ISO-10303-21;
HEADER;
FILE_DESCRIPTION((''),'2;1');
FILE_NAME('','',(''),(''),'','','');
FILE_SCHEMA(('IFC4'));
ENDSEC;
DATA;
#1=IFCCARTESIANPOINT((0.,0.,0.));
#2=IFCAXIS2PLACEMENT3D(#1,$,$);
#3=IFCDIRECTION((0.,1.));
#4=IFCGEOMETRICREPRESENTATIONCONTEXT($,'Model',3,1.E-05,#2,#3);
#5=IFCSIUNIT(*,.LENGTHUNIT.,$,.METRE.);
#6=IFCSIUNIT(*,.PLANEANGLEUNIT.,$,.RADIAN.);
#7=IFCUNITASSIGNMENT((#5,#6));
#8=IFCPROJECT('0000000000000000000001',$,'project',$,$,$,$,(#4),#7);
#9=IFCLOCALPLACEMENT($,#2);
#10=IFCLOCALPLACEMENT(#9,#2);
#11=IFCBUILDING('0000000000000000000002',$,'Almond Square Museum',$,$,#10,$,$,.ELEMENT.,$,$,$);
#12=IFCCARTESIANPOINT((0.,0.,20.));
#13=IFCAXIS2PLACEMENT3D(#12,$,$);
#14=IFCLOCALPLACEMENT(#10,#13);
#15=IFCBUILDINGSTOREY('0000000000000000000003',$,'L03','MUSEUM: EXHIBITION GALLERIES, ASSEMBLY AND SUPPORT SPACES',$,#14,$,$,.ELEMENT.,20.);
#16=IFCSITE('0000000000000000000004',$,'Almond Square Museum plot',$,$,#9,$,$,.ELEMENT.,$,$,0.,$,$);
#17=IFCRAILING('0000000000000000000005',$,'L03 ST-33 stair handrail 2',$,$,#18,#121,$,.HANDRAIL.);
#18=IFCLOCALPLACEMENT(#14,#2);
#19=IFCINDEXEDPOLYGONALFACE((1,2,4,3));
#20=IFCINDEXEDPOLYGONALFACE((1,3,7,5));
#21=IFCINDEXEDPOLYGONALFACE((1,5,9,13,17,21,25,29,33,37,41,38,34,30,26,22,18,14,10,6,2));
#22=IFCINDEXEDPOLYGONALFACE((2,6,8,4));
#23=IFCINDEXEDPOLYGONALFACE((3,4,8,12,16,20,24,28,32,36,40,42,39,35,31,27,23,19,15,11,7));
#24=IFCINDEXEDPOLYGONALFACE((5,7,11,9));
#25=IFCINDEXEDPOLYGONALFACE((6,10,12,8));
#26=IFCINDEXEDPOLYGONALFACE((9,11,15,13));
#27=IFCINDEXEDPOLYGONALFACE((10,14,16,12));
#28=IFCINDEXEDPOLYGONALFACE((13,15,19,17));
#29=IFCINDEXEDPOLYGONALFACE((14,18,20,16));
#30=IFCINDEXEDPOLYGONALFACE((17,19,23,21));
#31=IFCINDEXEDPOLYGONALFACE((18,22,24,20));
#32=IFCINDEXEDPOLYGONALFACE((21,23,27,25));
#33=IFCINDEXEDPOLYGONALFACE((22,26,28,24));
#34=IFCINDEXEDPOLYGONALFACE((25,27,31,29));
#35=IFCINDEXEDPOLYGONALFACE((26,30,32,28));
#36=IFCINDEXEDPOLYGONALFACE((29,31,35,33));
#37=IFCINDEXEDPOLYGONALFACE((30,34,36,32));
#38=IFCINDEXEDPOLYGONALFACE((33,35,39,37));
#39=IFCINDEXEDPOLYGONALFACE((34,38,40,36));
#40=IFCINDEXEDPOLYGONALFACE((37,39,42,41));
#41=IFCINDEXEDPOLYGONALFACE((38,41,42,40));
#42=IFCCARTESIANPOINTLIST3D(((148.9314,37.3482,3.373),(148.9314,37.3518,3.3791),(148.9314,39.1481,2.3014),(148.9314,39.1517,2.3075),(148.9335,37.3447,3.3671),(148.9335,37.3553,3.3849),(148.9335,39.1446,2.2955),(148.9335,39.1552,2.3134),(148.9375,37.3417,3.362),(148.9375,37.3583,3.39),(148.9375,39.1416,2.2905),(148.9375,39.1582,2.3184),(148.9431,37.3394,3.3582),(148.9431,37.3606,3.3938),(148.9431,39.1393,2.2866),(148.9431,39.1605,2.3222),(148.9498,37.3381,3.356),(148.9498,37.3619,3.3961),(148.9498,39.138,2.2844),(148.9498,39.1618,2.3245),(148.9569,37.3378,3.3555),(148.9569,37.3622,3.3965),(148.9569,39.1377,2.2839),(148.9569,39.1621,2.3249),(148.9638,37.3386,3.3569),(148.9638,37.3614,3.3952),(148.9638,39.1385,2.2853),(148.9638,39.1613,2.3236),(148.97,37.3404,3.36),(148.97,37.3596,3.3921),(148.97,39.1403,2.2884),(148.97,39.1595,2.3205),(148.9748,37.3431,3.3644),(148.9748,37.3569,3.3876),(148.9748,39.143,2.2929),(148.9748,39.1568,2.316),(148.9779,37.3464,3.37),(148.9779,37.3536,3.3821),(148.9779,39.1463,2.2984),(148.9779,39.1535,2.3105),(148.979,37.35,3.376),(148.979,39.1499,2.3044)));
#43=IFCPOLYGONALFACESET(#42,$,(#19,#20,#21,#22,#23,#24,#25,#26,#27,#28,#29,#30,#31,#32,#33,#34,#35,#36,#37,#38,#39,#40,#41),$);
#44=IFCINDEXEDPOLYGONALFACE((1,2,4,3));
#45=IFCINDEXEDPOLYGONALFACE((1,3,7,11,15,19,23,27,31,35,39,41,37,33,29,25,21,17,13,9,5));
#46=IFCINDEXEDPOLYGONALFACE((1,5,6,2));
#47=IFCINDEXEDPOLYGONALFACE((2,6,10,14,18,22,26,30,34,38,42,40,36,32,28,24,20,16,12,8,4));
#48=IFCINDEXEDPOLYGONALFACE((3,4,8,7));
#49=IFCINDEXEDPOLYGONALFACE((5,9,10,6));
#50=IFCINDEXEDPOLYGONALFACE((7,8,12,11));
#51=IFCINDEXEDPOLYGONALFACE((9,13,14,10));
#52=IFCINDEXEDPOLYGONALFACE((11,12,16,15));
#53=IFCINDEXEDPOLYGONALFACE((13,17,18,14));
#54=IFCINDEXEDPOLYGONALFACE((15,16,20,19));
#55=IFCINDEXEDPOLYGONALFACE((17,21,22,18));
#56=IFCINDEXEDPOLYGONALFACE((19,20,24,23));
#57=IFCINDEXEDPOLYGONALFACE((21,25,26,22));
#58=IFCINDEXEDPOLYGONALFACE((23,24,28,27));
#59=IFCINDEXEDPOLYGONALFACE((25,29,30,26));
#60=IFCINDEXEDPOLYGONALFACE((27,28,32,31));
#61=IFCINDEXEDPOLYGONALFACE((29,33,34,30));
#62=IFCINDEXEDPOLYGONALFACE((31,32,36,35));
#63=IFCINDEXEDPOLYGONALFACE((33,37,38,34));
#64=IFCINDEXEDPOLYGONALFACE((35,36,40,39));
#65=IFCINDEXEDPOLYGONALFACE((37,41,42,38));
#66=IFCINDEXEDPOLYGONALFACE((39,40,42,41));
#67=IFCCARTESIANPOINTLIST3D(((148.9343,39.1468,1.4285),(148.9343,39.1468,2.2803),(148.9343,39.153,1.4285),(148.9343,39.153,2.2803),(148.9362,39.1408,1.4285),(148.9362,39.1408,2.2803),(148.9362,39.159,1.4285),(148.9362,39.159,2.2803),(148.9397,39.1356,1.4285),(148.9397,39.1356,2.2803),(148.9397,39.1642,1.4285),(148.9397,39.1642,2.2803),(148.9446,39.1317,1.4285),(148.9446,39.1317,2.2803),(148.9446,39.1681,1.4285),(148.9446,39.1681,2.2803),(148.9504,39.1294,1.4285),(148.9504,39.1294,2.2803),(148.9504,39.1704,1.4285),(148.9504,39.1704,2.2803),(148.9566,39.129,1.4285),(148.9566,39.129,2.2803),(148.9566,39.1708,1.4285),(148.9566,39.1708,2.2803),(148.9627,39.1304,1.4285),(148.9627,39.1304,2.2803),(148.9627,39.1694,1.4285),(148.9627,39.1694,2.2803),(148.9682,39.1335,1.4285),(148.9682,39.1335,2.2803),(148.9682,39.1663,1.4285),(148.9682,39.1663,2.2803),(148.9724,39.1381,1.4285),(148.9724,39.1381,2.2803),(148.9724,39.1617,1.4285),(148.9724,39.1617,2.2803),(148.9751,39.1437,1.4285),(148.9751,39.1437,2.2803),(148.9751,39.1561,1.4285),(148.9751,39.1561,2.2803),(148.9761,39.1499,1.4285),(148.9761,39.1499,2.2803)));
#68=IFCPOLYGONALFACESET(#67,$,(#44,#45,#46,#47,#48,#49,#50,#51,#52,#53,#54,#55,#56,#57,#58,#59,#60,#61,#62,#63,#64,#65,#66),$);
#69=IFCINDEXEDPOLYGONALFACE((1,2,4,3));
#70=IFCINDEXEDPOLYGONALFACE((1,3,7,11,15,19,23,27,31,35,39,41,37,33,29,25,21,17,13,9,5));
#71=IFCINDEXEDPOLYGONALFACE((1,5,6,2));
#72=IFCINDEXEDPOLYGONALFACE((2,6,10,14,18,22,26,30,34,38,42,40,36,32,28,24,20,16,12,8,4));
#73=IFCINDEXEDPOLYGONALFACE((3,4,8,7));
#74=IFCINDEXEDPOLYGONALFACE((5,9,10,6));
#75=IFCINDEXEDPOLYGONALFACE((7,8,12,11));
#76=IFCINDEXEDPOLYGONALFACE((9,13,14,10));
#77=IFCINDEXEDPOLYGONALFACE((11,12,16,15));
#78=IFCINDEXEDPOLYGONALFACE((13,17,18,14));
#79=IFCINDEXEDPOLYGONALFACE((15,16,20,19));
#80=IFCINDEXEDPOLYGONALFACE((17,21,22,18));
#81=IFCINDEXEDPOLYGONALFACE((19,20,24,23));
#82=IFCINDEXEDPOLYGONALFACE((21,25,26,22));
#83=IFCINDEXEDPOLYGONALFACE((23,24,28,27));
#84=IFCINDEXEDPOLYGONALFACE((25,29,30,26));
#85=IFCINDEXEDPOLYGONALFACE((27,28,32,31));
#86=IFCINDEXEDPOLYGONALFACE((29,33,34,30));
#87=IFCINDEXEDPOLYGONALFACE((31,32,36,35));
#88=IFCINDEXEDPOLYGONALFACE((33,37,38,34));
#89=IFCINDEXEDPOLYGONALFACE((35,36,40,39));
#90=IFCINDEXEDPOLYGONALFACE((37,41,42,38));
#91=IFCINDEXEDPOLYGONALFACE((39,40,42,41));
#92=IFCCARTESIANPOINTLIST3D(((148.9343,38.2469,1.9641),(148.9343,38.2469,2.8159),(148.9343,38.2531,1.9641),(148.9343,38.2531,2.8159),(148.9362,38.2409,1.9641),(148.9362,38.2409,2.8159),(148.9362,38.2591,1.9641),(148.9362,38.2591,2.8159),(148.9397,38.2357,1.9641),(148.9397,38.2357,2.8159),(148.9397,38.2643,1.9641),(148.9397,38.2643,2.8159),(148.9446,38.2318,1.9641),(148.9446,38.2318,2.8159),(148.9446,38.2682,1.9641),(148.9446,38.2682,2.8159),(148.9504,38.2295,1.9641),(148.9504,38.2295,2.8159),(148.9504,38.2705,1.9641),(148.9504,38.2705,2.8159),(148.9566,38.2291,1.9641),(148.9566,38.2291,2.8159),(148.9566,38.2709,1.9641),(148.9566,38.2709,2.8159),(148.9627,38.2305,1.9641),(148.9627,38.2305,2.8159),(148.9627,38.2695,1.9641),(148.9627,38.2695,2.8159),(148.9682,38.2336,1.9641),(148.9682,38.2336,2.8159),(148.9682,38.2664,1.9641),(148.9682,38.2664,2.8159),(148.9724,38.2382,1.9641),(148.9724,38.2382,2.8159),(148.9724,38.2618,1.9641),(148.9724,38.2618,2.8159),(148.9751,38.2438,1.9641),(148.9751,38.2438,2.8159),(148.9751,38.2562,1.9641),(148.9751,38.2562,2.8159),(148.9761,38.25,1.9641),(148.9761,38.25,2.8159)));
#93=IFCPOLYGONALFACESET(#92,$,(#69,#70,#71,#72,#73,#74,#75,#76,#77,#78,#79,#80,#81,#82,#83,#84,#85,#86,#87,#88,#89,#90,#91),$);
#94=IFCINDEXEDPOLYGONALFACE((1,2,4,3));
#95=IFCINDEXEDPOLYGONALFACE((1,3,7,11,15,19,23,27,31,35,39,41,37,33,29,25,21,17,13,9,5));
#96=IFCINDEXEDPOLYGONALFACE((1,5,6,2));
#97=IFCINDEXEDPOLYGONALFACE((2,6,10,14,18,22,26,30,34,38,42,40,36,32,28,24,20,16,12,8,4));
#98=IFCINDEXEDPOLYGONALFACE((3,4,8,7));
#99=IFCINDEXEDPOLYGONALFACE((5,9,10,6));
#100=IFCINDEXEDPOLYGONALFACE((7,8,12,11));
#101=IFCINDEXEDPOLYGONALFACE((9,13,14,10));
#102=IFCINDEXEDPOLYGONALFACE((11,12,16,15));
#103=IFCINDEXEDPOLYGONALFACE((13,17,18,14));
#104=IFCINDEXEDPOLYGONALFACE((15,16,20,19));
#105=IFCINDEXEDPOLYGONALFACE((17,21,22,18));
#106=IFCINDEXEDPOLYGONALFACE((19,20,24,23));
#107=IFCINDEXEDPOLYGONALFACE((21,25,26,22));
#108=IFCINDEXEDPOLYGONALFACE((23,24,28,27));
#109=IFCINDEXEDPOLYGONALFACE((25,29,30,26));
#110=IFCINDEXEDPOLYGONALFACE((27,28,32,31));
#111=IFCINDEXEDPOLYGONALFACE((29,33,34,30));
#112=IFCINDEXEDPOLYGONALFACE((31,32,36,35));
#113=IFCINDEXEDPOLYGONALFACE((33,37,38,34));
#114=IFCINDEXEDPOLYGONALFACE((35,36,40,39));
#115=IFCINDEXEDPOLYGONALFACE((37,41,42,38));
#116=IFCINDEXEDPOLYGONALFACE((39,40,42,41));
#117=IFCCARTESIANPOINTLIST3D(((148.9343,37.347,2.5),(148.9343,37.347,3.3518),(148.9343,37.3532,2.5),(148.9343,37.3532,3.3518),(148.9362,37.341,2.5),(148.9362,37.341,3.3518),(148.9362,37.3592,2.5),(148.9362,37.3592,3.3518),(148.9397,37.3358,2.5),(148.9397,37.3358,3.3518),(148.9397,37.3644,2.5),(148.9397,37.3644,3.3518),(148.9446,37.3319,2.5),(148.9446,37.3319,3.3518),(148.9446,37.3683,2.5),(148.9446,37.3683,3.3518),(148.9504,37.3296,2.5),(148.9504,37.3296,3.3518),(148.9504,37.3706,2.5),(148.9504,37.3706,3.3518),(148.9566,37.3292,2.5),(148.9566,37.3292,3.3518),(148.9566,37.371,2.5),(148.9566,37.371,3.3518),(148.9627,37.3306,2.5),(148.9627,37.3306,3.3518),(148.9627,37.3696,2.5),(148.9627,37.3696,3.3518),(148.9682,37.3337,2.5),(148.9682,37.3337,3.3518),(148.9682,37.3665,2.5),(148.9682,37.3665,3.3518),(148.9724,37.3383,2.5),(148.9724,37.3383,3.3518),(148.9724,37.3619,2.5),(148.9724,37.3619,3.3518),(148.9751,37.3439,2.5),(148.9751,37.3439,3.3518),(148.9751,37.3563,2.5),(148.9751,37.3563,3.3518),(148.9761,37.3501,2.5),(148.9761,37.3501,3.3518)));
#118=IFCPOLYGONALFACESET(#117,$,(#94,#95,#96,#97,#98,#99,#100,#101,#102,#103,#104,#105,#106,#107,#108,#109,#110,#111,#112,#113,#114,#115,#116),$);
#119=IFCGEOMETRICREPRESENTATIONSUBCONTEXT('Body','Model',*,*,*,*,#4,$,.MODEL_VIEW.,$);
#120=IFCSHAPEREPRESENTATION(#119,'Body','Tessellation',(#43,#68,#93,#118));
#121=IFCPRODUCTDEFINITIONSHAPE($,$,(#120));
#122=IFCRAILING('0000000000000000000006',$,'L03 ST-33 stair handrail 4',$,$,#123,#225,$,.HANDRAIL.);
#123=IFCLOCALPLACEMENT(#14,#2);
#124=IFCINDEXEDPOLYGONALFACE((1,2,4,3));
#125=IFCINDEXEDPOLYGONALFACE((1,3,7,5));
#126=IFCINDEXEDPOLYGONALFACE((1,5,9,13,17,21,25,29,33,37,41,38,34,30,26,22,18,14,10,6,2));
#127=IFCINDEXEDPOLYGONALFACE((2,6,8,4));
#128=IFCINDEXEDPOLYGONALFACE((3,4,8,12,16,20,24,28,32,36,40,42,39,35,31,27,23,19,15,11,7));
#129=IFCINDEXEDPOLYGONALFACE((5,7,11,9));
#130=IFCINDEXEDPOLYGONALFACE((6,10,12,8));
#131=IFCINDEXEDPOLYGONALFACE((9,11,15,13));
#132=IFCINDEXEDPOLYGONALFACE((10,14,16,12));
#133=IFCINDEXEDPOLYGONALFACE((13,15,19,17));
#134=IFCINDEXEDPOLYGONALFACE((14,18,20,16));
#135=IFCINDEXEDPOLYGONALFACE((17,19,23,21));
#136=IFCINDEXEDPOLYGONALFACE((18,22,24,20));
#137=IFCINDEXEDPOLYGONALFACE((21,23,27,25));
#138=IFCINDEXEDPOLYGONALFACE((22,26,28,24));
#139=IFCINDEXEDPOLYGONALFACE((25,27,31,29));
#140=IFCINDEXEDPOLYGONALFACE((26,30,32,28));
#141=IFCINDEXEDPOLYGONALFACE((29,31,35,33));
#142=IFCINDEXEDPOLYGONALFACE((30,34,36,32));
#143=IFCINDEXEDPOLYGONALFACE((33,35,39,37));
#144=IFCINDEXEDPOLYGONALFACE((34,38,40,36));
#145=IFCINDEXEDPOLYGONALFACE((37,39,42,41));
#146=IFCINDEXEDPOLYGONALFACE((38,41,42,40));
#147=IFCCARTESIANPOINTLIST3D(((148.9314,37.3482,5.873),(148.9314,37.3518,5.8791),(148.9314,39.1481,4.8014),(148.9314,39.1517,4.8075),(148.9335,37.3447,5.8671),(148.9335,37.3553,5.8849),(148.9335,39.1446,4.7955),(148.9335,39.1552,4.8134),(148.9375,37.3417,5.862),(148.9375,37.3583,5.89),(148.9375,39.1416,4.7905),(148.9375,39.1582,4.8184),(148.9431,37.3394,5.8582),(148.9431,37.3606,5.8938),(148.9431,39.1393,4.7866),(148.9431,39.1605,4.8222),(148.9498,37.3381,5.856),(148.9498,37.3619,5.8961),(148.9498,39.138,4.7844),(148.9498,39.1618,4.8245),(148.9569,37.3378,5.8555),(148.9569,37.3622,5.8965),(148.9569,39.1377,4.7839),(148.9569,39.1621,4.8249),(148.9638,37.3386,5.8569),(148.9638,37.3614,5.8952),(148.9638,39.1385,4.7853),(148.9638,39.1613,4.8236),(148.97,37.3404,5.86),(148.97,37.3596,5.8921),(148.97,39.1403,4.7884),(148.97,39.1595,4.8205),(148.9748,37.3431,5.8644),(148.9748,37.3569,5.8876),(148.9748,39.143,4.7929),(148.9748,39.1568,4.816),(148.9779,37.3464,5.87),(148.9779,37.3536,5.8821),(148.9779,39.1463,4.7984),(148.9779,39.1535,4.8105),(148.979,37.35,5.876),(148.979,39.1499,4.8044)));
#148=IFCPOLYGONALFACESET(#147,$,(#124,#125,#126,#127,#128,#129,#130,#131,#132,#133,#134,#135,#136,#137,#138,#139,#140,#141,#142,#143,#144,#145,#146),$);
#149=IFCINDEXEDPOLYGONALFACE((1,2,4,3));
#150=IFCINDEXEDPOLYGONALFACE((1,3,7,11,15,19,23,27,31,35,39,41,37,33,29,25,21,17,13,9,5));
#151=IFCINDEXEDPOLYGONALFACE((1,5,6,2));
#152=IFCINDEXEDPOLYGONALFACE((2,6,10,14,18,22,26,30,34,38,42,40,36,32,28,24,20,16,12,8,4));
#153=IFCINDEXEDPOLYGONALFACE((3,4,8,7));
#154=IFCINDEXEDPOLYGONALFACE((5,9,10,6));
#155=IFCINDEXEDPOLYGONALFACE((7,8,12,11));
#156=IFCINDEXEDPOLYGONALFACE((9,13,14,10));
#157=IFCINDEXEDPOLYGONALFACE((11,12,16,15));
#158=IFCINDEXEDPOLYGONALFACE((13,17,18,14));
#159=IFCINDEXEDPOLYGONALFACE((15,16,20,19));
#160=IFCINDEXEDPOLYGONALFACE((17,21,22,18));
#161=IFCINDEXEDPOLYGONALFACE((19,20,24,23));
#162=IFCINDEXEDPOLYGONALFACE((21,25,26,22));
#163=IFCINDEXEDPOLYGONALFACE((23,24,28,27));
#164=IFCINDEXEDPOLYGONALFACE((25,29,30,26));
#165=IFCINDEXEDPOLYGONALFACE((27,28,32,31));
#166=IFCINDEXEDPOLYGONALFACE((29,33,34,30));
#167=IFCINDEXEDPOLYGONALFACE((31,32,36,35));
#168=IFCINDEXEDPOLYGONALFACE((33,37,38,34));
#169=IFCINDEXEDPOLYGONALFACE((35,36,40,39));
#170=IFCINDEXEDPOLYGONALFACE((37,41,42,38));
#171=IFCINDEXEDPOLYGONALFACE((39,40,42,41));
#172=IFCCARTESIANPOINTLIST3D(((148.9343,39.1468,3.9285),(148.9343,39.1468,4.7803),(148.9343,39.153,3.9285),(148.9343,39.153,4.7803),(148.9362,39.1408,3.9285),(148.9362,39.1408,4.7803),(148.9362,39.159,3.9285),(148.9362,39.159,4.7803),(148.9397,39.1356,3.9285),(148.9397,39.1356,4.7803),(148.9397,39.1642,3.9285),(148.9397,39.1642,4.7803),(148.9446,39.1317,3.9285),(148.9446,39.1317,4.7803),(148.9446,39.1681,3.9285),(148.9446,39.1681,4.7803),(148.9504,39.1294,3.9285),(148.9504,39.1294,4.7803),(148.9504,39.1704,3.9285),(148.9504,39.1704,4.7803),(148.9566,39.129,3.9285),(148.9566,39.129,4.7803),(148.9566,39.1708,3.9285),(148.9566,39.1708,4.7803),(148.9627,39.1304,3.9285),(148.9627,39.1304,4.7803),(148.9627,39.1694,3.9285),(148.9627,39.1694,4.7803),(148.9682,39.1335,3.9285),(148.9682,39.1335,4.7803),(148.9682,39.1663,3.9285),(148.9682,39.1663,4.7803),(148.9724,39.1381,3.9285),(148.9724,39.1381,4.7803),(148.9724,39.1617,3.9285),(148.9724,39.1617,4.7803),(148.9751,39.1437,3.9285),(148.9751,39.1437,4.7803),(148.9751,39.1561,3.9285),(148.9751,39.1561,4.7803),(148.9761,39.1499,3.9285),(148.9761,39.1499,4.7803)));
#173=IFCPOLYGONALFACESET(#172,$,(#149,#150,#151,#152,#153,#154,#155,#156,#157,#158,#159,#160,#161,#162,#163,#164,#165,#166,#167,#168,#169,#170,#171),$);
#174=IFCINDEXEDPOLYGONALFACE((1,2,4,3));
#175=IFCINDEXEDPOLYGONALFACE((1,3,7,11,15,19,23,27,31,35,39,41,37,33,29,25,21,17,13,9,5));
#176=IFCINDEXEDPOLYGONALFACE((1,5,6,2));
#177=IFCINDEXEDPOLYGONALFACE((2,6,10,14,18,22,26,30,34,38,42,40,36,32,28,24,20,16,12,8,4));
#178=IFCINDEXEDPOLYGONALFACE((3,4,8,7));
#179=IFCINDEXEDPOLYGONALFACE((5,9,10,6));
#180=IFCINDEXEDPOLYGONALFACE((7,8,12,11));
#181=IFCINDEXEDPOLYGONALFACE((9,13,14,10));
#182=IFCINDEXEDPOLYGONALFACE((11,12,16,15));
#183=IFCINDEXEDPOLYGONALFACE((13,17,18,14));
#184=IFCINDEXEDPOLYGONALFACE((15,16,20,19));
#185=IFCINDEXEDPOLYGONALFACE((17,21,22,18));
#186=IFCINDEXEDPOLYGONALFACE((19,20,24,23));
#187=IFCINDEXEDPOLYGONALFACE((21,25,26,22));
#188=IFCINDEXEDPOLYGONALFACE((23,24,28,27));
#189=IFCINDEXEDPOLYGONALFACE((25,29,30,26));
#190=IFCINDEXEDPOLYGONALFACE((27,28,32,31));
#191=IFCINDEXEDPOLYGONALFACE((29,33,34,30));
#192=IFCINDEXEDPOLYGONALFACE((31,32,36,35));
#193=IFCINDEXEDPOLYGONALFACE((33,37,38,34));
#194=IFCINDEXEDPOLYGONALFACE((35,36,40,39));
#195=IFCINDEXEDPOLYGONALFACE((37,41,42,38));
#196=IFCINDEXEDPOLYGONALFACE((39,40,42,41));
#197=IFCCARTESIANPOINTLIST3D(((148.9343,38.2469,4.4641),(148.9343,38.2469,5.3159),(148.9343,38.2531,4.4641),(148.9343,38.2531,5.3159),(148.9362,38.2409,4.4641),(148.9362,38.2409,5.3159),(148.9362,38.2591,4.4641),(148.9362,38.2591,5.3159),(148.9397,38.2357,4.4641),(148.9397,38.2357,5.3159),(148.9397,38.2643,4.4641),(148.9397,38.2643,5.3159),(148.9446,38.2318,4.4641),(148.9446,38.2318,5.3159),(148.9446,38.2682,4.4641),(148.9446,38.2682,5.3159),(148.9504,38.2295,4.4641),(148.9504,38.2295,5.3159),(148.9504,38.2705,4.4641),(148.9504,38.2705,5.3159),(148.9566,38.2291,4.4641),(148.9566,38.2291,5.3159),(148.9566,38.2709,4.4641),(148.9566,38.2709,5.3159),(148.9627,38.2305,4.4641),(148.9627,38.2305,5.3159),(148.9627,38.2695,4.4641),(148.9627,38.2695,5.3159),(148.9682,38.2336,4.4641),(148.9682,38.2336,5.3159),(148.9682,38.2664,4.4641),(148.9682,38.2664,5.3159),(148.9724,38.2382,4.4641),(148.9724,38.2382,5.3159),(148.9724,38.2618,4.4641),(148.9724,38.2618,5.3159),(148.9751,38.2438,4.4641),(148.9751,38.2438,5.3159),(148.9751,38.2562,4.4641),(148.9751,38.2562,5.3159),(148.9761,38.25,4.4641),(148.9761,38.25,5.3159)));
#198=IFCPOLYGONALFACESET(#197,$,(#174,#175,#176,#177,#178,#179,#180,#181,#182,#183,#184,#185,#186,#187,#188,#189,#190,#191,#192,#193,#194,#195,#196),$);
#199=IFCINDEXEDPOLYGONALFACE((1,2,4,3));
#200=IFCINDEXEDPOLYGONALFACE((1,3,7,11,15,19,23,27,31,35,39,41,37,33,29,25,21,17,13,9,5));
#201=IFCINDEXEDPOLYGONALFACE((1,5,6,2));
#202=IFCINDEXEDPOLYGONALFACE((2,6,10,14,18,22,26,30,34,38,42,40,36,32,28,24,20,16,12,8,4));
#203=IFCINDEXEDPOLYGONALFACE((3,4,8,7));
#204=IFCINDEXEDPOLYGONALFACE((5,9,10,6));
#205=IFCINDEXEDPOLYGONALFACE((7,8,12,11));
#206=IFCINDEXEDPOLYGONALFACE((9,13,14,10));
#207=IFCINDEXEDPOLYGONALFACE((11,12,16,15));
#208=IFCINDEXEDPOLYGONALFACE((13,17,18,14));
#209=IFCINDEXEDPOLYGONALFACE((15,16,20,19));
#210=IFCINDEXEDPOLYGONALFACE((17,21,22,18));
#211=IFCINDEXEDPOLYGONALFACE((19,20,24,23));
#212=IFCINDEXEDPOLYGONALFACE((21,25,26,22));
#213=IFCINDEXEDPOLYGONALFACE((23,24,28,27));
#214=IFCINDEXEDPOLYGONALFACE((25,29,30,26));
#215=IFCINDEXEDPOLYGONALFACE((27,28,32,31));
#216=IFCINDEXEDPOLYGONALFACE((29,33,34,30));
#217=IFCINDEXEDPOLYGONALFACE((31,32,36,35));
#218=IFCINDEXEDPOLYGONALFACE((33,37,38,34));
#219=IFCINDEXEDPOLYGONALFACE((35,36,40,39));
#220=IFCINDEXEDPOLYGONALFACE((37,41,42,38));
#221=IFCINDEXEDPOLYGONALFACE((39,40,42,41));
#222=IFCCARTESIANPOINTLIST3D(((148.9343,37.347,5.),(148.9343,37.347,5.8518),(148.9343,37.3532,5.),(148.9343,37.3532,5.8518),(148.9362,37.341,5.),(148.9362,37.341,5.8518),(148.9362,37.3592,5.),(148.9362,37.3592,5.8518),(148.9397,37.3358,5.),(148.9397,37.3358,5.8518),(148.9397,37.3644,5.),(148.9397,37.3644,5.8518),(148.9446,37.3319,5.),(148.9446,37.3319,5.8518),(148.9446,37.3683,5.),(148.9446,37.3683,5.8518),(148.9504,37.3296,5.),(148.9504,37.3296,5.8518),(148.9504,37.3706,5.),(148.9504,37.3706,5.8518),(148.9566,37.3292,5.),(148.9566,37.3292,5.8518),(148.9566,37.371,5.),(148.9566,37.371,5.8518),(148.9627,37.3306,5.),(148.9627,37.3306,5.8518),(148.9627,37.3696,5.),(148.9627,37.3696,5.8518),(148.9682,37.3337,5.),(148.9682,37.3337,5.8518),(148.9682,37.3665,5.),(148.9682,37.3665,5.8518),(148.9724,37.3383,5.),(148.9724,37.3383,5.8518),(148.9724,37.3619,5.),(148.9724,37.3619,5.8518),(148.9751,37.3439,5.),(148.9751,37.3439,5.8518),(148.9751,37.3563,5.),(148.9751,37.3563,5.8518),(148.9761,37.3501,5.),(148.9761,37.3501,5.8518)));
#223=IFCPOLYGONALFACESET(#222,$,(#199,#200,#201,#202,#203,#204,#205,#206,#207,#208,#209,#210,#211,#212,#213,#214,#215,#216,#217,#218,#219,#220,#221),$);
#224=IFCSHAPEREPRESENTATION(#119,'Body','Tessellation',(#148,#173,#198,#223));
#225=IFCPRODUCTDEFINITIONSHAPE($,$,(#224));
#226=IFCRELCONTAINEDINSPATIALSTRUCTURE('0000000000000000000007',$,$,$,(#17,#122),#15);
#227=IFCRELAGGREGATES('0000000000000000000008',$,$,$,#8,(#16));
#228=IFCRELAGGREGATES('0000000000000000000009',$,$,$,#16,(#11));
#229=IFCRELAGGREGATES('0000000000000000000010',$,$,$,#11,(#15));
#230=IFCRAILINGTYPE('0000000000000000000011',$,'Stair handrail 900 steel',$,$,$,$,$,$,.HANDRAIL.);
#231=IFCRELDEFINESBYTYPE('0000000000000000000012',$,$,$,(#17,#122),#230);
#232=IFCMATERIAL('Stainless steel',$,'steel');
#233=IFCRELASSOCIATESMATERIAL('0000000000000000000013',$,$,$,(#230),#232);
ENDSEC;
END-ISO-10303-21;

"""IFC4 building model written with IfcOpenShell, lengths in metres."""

from ifc_helpers import new_model, si_unit, direction, frame, origin, origin_2d, place, context, subcontext, project, spatial, circle, extrude, material, type_object, element, save


model = new_model("IFC4")

# Units and contexts
model_context = context("Model", 3, precision=1e-05, world=origin(), true_north=direction((0.0, 1.0)))
body_context = subcontext(model_context, "Body", "Model", "MODEL_VIEW")
ifc_project = project(units=[si_unit("LENGTHUNIT", "METRE"), si_unit("PLANEANGLEUNIT", "RADIAN")], contexts=[model_context])

# Site, building, storey
site_placement = place(None, origin())
site = spatial("IfcSite", under=ifc_project, at=site_placement, Name="Almond Square Museum plot", CompositionType="ELEMENT", RefElevation=0.0)
building_placement = place(site_placement, origin())
building = spatial("IfcBuilding", under=site, at=building_placement, Name="Almond Square Museum", CompositionType="ELEMENT")
storey_placement = place(building_placement, frame((0.0, 0.0, 20.0)))
storey = spatial("IfcBuildingStorey", under=building, at=storey_placement, Name="L03", Description="MUSEUM: EXHIBITION GALLERIES, ASSEMBLY AND SUPPORT SPACES", CompositionType="ELEMENT", Elevation=20.0)

# Railings
ifc_material_1 = material(Name="Stainless steel", Category="steel")
railing_type_1 = type_object("IfcRailingType", Name="Stair handrail 900 steel", PredefinedType="HANDRAIL", material=ifc_material_1)
for number, where, name in (
    (1, (148.9551, 39.1499, 1.4285), "L03 ST-33 stair handrail 2"),
    (2, (148.9551, 39.1499, 3.9285), "L03 ST-33 stair handrail 4"),
):
    element("IfcRailing", number, at=place(storey_placement, frame(where)), inside=storey, type_object=railing_type_1, Name=name, PredefinedType="HANDRAIL", context=body_context, shape_type="SweptSolid", body=[
        extrude(circle(Radius=0.0239, at=origin_2d()), frame((0.0, 0.0, 0.876), z_axis=(0.0, -0.859247, 0.511562), x_axis=(1.0, 0.0, 0.0)), (0.0, 0.0, 1.0), 2.0947),
        extrude(circle(Radius=0.021, at=origin_2d()), origin(), (0.0, 0.0, 1.0), 0.8518),
        extrude(circle(Radius=0.021, at=origin_2d()), frame((0.0, -0.8999, 0.5356)), (0.0, 0.0, 1.0), 0.8518),
        extrude(circle(Radius=0.021, at=origin_2d()), frame((0.0, -1.7998, 1.0715)), (0.0, 0.0, 1.0), 0.8518),
    ])

save(model, "model.ifc")
